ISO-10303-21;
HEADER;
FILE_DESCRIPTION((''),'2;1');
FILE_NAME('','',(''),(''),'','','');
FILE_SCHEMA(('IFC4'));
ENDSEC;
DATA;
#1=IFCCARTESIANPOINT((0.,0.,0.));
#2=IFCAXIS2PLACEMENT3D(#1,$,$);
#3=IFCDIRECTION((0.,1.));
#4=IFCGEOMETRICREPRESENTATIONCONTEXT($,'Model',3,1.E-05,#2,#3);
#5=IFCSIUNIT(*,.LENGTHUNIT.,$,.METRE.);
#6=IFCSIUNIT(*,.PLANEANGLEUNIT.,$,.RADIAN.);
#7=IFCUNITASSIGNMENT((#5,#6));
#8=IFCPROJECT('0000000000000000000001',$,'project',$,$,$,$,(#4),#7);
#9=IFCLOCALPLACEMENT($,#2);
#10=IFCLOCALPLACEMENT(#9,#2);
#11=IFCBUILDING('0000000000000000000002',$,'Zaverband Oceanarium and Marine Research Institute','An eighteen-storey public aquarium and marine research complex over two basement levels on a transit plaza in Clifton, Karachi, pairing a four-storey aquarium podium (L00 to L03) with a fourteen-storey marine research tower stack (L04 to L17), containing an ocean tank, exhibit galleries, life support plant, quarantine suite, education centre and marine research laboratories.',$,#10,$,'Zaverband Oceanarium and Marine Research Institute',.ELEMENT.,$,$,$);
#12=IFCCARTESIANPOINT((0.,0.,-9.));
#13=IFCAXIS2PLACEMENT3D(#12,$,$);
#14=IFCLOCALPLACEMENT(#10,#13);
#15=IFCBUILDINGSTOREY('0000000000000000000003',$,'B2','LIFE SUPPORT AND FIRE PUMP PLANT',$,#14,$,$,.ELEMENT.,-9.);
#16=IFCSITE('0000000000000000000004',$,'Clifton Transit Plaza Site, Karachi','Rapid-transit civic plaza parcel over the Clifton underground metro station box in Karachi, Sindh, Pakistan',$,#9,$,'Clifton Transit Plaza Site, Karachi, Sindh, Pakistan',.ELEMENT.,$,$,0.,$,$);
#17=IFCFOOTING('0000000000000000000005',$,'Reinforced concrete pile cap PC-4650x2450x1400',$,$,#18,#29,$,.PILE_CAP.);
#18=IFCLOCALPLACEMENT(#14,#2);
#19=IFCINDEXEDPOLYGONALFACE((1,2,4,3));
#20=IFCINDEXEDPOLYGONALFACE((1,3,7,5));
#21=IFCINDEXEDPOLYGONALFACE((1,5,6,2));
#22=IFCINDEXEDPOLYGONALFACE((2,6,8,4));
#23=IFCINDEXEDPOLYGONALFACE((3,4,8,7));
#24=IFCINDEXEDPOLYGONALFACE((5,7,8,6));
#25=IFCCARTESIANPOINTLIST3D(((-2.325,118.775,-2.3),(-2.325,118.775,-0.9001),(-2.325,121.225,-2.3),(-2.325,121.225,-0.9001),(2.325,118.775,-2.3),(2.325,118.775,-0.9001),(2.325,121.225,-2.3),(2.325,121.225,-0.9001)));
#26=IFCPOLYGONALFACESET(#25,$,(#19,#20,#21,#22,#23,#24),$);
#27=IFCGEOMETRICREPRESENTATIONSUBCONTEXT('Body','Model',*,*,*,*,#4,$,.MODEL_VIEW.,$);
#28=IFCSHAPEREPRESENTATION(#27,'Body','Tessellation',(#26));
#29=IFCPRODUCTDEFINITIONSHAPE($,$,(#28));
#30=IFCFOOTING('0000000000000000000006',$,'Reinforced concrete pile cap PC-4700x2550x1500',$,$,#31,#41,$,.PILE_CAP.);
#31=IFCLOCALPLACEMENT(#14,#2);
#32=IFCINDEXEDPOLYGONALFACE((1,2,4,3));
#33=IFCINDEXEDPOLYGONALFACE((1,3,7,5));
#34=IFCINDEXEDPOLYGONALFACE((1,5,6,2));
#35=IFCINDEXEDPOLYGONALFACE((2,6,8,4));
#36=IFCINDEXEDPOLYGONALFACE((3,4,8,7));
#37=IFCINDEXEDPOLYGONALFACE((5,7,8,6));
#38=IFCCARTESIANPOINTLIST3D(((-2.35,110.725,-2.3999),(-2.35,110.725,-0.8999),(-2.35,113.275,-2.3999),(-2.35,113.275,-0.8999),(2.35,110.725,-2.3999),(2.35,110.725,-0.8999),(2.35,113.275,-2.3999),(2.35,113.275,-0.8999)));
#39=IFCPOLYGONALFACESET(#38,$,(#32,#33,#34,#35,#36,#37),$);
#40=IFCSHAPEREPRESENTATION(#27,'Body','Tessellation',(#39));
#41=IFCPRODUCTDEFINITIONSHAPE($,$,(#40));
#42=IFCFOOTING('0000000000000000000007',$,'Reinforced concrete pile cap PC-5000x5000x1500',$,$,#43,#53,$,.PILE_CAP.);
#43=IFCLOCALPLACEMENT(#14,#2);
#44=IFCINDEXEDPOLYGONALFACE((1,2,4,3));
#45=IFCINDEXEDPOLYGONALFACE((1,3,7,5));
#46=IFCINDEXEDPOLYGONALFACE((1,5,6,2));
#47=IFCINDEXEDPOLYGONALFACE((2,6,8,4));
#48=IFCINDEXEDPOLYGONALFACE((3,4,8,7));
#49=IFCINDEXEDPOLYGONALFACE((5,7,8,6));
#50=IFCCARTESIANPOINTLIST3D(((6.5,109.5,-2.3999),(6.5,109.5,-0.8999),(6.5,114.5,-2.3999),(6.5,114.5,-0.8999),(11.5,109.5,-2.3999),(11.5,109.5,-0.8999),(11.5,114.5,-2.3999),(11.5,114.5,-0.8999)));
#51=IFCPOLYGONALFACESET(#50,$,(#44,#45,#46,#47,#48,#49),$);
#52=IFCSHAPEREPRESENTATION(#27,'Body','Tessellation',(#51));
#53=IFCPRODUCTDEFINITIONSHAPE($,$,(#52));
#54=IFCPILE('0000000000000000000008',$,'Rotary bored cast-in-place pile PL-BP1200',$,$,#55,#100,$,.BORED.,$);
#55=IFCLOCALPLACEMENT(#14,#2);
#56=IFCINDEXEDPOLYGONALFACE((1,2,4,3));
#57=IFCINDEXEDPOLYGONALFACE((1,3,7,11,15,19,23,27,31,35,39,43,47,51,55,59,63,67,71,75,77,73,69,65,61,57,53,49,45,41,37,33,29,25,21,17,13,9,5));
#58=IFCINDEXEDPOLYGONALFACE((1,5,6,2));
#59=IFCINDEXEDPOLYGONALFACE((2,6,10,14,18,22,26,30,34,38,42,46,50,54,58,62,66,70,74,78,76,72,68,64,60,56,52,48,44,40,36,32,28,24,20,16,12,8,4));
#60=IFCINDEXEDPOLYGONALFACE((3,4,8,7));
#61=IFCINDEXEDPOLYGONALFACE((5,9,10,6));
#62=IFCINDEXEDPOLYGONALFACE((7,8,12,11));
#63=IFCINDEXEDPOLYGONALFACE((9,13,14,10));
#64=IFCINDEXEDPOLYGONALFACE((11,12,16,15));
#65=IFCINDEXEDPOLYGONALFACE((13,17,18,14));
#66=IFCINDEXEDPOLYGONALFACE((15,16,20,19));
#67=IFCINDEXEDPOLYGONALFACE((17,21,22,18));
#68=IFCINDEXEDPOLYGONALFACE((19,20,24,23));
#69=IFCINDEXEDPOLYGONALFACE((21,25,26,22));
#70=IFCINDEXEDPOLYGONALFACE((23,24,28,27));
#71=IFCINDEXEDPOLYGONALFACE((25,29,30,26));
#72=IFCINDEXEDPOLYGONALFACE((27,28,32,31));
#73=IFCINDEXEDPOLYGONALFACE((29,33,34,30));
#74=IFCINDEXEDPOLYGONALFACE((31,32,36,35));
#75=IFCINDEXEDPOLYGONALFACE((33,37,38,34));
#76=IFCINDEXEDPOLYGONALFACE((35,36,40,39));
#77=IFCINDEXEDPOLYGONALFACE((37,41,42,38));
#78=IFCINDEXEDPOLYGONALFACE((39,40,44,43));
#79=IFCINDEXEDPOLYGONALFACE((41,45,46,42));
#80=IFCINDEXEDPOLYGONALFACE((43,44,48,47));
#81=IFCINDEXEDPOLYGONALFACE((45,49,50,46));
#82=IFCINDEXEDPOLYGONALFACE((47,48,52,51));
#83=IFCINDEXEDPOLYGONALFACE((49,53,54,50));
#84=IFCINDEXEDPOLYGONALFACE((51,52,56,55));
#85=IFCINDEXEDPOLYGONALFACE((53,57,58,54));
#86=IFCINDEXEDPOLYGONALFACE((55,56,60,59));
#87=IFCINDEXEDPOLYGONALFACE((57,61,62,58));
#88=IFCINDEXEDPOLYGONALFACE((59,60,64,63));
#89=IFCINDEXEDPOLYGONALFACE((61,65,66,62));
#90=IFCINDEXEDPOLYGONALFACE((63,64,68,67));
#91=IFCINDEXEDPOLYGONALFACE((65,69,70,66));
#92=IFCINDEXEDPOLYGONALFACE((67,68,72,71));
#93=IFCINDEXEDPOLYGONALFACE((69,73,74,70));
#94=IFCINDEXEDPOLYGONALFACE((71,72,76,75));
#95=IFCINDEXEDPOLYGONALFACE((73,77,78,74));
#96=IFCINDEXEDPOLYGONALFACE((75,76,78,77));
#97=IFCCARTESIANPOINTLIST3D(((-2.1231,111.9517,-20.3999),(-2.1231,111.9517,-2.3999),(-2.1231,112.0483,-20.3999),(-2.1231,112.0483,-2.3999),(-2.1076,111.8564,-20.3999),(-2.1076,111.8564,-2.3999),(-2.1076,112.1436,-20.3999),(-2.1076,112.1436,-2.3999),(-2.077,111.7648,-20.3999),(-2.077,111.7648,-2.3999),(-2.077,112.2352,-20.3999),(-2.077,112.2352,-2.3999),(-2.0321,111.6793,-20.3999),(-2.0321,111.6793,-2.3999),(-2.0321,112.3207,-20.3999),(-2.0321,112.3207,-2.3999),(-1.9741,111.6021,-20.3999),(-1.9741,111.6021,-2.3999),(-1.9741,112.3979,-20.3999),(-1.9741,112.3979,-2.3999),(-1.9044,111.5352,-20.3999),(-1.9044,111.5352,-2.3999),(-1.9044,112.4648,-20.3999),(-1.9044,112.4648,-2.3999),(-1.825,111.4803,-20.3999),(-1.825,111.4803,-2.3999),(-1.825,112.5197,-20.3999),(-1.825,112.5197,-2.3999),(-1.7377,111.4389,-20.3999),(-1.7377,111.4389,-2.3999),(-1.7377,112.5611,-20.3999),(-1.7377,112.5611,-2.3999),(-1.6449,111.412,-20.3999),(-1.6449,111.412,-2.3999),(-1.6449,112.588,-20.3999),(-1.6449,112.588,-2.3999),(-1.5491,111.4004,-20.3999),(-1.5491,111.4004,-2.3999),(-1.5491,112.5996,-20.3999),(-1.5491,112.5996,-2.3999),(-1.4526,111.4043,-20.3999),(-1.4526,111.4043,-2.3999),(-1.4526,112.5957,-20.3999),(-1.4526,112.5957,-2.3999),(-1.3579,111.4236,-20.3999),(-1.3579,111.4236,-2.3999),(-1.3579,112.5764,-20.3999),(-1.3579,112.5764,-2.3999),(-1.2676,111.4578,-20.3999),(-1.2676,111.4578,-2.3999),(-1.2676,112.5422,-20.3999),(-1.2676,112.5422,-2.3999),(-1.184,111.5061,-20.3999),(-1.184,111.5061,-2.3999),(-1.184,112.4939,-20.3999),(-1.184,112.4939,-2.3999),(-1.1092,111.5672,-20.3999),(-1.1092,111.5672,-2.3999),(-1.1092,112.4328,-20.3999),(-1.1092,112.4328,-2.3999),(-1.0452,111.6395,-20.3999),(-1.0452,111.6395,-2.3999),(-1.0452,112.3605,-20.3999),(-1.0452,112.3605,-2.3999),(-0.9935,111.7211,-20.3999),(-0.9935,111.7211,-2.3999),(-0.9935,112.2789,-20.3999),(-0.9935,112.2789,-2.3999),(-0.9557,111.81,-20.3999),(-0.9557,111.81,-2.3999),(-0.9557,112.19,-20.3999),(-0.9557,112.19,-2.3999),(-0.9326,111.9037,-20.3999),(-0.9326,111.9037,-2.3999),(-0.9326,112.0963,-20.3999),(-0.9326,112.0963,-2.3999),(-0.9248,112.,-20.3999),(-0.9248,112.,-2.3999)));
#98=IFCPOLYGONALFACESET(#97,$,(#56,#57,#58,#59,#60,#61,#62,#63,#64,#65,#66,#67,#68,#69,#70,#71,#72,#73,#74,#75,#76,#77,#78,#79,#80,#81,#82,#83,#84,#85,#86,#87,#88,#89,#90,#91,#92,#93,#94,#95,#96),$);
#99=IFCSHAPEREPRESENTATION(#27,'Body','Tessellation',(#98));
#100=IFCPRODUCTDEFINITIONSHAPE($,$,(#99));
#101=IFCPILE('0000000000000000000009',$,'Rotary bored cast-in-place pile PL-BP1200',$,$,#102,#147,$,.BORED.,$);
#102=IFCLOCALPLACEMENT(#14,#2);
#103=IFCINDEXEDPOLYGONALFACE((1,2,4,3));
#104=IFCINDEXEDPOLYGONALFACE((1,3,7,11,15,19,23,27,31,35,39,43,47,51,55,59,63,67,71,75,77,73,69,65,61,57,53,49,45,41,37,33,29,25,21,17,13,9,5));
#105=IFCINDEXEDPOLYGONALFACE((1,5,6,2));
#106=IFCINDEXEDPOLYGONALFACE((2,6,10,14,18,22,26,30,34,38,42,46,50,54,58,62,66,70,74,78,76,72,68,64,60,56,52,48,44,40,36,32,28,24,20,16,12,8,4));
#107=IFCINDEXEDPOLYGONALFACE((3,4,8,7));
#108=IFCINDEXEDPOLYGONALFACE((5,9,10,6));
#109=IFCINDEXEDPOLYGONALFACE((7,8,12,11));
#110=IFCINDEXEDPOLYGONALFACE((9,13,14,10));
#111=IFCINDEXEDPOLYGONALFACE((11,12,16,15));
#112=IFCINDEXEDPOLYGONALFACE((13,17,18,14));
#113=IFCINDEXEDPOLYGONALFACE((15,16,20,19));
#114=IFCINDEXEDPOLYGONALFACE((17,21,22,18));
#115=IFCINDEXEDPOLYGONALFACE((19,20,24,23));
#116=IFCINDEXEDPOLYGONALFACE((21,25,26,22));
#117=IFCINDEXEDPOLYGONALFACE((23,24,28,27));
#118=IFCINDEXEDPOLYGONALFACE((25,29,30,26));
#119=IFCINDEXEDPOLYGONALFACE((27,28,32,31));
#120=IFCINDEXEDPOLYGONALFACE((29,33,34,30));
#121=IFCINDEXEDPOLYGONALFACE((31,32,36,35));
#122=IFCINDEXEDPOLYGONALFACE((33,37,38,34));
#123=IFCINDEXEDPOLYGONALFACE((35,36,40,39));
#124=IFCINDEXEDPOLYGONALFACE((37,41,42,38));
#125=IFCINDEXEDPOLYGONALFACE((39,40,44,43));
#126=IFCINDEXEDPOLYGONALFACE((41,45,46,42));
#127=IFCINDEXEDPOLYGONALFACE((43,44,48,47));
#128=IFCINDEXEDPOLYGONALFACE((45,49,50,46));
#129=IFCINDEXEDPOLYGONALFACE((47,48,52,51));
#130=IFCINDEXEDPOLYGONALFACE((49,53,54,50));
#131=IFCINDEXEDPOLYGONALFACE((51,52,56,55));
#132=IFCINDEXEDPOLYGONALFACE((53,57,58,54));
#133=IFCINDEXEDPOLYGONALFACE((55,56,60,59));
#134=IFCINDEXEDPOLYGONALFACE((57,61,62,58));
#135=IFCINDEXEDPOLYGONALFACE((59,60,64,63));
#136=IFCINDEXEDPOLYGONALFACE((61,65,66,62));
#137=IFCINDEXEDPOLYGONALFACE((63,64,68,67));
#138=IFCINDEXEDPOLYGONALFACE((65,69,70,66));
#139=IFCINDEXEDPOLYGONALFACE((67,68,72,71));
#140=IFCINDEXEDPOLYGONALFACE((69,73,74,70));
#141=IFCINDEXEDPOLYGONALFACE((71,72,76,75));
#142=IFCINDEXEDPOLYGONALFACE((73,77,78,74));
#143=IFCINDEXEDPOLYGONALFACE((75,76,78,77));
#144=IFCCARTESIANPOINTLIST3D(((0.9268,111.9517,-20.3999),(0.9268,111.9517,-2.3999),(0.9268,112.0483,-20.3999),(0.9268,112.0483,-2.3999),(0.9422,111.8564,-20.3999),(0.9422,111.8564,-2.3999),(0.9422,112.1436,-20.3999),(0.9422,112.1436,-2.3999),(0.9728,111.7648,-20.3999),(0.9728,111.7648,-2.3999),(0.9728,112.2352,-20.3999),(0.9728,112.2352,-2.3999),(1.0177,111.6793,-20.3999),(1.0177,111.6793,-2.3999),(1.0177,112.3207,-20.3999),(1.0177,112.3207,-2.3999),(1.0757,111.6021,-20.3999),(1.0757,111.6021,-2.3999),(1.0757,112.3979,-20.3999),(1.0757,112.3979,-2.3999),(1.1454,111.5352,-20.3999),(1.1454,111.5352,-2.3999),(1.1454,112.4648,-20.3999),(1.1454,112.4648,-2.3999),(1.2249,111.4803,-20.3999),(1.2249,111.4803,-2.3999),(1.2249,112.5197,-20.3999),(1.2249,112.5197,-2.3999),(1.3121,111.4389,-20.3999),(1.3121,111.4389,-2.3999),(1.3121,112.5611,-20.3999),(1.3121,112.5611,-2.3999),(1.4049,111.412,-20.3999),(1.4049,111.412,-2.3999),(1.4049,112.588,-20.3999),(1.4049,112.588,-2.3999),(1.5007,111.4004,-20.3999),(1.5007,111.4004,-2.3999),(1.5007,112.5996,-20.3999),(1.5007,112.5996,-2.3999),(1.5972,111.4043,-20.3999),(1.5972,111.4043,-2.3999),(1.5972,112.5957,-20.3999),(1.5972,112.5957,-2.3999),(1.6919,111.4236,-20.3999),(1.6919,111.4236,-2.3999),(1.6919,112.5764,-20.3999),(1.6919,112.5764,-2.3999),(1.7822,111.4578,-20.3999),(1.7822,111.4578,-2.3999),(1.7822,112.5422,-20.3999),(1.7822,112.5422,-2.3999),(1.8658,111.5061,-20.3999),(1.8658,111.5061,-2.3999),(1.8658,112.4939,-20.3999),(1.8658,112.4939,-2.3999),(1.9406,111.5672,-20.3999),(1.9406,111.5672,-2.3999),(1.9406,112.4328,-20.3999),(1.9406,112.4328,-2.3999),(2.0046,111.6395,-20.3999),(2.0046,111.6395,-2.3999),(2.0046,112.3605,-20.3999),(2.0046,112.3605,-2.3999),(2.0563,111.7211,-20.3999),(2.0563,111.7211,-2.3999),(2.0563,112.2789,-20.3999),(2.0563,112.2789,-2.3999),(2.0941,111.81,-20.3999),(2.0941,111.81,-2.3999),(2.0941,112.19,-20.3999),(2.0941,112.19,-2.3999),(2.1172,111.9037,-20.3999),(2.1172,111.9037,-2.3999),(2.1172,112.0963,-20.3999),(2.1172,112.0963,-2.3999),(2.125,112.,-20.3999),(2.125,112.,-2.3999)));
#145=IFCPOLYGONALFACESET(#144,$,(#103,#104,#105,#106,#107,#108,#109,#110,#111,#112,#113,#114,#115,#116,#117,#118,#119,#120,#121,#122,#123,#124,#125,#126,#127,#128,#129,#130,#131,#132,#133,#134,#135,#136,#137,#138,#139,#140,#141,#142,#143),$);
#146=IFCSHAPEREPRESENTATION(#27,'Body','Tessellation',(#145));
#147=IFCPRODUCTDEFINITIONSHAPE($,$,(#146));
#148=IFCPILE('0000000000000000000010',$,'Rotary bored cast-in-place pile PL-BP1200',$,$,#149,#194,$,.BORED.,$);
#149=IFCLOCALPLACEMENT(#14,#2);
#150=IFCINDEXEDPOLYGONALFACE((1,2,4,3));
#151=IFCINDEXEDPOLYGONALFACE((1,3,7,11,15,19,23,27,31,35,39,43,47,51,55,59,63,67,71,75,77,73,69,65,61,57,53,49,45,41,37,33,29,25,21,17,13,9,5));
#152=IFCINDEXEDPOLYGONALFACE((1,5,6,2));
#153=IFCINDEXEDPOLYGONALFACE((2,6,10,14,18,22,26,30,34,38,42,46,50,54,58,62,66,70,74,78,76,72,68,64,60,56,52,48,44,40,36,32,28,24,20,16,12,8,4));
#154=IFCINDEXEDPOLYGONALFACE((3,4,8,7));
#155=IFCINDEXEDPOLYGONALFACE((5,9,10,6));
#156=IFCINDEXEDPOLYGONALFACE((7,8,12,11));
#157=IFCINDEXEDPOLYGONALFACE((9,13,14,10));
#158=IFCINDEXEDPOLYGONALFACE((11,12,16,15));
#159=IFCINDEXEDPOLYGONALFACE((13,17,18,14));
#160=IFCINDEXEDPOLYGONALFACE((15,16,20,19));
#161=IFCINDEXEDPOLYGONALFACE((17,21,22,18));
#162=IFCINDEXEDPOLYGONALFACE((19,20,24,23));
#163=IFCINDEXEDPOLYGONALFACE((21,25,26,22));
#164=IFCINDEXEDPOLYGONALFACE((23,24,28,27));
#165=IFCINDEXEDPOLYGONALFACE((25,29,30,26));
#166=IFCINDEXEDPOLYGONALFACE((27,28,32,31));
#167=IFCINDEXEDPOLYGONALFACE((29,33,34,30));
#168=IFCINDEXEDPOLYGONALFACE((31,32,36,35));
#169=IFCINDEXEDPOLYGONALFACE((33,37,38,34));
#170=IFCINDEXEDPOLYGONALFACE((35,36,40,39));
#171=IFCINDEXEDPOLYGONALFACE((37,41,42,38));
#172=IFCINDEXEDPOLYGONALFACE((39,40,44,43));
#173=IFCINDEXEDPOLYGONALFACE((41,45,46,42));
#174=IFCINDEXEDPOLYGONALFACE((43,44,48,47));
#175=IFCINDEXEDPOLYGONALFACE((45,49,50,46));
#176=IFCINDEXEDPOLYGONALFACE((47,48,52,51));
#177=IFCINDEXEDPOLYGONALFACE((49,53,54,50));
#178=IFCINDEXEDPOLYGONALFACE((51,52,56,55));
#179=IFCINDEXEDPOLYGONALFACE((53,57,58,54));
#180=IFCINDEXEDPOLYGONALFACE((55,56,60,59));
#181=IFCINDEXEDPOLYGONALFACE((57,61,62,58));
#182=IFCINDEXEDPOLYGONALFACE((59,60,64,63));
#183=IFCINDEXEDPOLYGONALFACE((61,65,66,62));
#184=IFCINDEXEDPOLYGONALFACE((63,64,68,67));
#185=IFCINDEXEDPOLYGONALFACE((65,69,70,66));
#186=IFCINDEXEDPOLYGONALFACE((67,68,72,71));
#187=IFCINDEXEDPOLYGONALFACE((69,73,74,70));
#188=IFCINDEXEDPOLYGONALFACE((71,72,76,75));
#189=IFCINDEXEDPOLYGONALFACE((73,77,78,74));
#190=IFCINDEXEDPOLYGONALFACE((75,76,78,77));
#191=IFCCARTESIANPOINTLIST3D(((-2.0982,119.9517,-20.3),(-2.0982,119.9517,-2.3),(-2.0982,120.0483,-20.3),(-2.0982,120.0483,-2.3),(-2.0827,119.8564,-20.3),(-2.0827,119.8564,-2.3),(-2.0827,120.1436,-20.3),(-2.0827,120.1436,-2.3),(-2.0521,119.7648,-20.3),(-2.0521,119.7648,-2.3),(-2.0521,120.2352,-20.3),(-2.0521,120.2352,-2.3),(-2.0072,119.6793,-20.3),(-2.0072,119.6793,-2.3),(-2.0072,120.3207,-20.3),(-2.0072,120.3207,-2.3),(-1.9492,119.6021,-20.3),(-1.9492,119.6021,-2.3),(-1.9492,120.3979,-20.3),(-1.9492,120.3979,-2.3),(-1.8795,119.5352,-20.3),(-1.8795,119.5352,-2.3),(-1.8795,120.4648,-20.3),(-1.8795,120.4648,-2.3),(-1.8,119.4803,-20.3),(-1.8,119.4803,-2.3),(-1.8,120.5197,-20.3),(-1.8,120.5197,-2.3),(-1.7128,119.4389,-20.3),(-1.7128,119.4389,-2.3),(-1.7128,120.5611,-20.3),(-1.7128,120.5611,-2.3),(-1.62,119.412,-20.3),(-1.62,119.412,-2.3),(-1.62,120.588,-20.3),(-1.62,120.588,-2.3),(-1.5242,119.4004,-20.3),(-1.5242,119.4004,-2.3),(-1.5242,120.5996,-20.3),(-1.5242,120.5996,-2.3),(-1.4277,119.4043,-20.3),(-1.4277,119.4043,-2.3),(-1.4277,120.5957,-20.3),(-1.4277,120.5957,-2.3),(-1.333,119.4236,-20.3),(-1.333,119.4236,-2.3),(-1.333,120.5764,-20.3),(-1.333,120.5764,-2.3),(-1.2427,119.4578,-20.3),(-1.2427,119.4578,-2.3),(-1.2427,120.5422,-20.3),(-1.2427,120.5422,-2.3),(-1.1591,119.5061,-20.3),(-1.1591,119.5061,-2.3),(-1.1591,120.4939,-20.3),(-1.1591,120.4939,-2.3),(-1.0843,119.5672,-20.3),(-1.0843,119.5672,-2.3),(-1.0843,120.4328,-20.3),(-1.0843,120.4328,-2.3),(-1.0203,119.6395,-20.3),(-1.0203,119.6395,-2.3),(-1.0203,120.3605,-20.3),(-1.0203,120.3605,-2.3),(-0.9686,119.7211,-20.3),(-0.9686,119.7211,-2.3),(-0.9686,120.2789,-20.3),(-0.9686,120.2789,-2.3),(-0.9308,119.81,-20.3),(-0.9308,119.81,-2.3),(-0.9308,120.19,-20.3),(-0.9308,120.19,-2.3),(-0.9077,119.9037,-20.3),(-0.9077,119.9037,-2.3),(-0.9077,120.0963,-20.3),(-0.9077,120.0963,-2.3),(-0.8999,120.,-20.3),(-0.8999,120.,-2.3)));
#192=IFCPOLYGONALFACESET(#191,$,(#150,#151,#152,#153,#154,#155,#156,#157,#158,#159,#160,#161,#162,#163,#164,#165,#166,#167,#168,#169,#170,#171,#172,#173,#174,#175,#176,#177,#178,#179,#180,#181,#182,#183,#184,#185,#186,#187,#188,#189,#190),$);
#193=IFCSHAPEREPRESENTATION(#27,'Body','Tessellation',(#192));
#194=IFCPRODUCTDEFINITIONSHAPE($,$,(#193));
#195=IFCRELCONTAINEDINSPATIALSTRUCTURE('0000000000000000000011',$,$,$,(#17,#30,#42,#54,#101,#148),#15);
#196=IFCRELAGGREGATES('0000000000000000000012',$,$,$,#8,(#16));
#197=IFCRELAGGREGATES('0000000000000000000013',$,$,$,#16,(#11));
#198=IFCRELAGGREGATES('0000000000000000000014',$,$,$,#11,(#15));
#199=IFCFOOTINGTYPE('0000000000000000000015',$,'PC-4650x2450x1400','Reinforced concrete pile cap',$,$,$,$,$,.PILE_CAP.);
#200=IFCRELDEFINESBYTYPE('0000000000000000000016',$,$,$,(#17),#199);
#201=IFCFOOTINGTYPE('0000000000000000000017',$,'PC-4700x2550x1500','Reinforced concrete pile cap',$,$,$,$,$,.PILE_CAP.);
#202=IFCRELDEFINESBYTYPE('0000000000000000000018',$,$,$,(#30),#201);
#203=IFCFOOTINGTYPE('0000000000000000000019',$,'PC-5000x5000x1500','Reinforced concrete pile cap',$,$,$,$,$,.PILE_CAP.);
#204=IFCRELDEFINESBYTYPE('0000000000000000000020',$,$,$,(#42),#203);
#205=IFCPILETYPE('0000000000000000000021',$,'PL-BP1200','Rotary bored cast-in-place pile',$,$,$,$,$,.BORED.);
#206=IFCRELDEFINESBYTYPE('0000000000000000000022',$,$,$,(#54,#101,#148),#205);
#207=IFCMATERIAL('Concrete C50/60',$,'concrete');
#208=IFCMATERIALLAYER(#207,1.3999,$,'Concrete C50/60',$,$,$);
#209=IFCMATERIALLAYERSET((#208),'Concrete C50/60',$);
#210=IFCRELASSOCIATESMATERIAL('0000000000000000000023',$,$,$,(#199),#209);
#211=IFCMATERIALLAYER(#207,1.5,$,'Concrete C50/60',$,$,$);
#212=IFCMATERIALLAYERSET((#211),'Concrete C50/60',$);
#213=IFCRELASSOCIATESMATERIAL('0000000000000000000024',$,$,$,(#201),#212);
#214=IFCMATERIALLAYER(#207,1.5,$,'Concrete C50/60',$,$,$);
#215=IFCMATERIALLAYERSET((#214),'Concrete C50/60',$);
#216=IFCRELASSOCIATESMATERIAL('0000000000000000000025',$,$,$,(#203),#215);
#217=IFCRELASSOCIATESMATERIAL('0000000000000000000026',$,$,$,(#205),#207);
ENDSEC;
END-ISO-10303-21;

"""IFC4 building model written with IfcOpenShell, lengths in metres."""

from ifc_helpers import new_model, si_unit, direction, frame, origin, origin_2d, place, context, subcontext, project, spatial, rectangle, circle, extrude, material, layer, layer_set, material_profile, profile_set, type_object, element, save


model = new_model("IFC4")

# Units and contexts
model_context = context("Model", 3, precision=1e-05, world=origin(), true_north=direction((0.0, 1.0)))
body_context = subcontext(model_context, "Body", "Model", "MODEL_VIEW")
ifc_project = project(units=[si_unit("LENGTHUNIT", "METRE"), si_unit("PLANEANGLEUNIT", "RADIAN")], contexts=[model_context])

# Site, building, storey
site_placement = place(None, origin())
site = spatial("IfcSite", under=ifc_project, at=site_placement, Name="Clifton Transit Plaza Site, Karachi", Description="Rapid-transit civic plaza parcel over the Clifton underground metro station box in Karachi, Sindh, Pakistan", LongName="Clifton Transit Plaza Site, Karachi, Sindh, Pakistan", CompositionType="ELEMENT", RefElevation=0.0)
building_placement = place(site_placement, origin())
building = spatial("IfcBuilding", under=site, at=building_placement, Name="Zaverband Oceanarium and Marine Research Institute", Description="An eighteen-storey public aquarium and marine research complex over two basement levels on a transit plaza in Clifton, Karachi, pairing a four-storey aquarium podium (L00 to L03) with a fourteen-storey marine research tower stack (L04 to L17), containing an ocean tank, exhibit galleries, life support plant, quarantine suite, education centre and marine research laboratories.", LongName="Zaverband Oceanarium and Marine Research Institute", CompositionType="ELEMENT")
storey_placement = place(building_placement, frame((0.0, 0.0, -9.0)))
storey = spatial("IfcBuildingStorey", under=building, at=storey_placement, Name="B2", Description="LIFE SUPPORT AND FIRE PUMP PLANT", CompositionType="ELEMENT", Elevation=-9.0)

# Footings
ifc_material_1 = material(Name="Concrete C50/60", Category="concrete")
ifc_layer_1 = layer(ifc_material_1, 1.3999, Name="Concrete C50/60")
ifc_layer_set_1 = layer_set([ifc_layer_1], Name="Concrete C50/60")
footing_type_1 = type_object("IfcFootingType", Name="PC-4650x2450x1400", Description="Reinforced concrete pile cap", PredefinedType="PILE_CAP", material=ifc_layer_set_1)
footing_1_placement = place(storey_placement, frame((0.0, 120.0, -2.3), z_axis=(0.0, 0.0, 1.0), x_axis=(1.0, 0.0, 0.0)))
element("IfcFooting", 1, at=footing_1_placement, inside=storey, type_object=footing_type_1, Name="Reinforced concrete pile cap PC-4650x2450x1400", PredefinedType="PILE_CAP", context=body_context, shape_type="SweptSolid", body=[
    extrude(rectangle(XDim=4.6499, YDim=2.45, at=origin_2d()), origin(), (0.0, 0.0, 1.0), 1.3999),
])
ifc_layer_2 = layer(ifc_material_1, 1.5, Name="Concrete C50/60")
ifc_layer_set_2 = layer_set([ifc_layer_2], Name="Concrete C50/60")
footing_type_2 = type_object("IfcFootingType", Name="PC-4700x2550x1500", Description="Reinforced concrete pile cap", PredefinedType="PILE_CAP", material=ifc_layer_set_2)
footing_2_placement = place(storey_placement, frame((0.0, 112.0, -2.3999), z_axis=(0.0, 0.0, 1.0), x_axis=(1.0, 0.0, 0.0)))
element("IfcFooting", 2, at=footing_2_placement, inside=storey, type_object=footing_type_2, Name="Reinforced concrete pile cap PC-4700x2550x1500", PredefinedType="PILE_CAP", context=body_context, shape_type="SweptSolid", body=[
    extrude(rectangle(XDim=4.7, YDim=2.55, at=origin_2d()), origin(), (0.0, 0.0, 1.0), 1.5),
])
ifc_layer_3 = layer(ifc_material_1, 1.5, Name="Concrete C50/60")
ifc_layer_set_3 = layer_set([ifc_layer_3], Name="Concrete C50/60")
footing_type_3 = type_object("IfcFootingType", Name="PC-5000x5000x1500", Description="Reinforced concrete pile cap", PredefinedType="PILE_CAP", material=ifc_layer_set_3)
footing_3_placement = place(storey_placement, frame((9.0, 112.0, -2.3999), z_axis=(0.0, 0.0, 1.0), x_axis=(1.0, 0.0, 0.0)))
element("IfcFooting", 3, at=footing_3_placement, inside=storey, type_object=footing_type_3, Name="Reinforced concrete pile cap PC-5000x5000x1500", PredefinedType="PILE_CAP", context=body_context, shape_type="SweptSolid", body=[
    extrude(rectangle(XDim=5.0, YDim=5.0, at=origin_2d()), origin(), (0.0, 0.0, 1.0), 1.5),
])

# Piles
ifc_material_profile_1 = material_profile(ifc_material_1, circle(Radius=0.6001, at=origin_2d()), Name="BP1200")
ifc_profile_set_1 = profile_set([ifc_material_profile_1], Name="Concrete C50/60")
pile_type = type_object("IfcPileType", Name="PL-BP1200", Description="Rotary bored cast-in-place pile", PredefinedType="BORED", material=ifc_profile_set_1)
for number, where, z_axis, x_axis, name in (
    (4, (-1.5249, 112.0, -2.3999), (0.0, 0.0, -1.0), (1.0, 0.0, 0.0), "Rotary bored cast-in-place pile PL-BP1200"),
    (5, (1.5249, 112.0, -2.3999), (0.0, 0.0, -1.0), (1.0, 0.0, 0.0), "Rotary bored cast-in-place pile PL-BP1200"),
    (6, (-1.5, 120.0, -2.3), (0.0, 0.0, -1.0), (1.0, 0.0, 0.0), "Rotary bored cast-in-place pile PL-BP1200"),
):
    element("IfcPile", number, at=place(storey_placement, frame(where, z_axis=z_axis, x_axis=x_axis)), inside=storey, type_object=pile_type, Name=name, PredefinedType="BORED", context=body_context, shape_type="SweptSolid", body=[
        extrude(circle(Radius=0.6001, at=origin_2d()), origin(), (0.0, 0.0, 1.0), 18.0),
    ])

save(model, "model.ifc")
